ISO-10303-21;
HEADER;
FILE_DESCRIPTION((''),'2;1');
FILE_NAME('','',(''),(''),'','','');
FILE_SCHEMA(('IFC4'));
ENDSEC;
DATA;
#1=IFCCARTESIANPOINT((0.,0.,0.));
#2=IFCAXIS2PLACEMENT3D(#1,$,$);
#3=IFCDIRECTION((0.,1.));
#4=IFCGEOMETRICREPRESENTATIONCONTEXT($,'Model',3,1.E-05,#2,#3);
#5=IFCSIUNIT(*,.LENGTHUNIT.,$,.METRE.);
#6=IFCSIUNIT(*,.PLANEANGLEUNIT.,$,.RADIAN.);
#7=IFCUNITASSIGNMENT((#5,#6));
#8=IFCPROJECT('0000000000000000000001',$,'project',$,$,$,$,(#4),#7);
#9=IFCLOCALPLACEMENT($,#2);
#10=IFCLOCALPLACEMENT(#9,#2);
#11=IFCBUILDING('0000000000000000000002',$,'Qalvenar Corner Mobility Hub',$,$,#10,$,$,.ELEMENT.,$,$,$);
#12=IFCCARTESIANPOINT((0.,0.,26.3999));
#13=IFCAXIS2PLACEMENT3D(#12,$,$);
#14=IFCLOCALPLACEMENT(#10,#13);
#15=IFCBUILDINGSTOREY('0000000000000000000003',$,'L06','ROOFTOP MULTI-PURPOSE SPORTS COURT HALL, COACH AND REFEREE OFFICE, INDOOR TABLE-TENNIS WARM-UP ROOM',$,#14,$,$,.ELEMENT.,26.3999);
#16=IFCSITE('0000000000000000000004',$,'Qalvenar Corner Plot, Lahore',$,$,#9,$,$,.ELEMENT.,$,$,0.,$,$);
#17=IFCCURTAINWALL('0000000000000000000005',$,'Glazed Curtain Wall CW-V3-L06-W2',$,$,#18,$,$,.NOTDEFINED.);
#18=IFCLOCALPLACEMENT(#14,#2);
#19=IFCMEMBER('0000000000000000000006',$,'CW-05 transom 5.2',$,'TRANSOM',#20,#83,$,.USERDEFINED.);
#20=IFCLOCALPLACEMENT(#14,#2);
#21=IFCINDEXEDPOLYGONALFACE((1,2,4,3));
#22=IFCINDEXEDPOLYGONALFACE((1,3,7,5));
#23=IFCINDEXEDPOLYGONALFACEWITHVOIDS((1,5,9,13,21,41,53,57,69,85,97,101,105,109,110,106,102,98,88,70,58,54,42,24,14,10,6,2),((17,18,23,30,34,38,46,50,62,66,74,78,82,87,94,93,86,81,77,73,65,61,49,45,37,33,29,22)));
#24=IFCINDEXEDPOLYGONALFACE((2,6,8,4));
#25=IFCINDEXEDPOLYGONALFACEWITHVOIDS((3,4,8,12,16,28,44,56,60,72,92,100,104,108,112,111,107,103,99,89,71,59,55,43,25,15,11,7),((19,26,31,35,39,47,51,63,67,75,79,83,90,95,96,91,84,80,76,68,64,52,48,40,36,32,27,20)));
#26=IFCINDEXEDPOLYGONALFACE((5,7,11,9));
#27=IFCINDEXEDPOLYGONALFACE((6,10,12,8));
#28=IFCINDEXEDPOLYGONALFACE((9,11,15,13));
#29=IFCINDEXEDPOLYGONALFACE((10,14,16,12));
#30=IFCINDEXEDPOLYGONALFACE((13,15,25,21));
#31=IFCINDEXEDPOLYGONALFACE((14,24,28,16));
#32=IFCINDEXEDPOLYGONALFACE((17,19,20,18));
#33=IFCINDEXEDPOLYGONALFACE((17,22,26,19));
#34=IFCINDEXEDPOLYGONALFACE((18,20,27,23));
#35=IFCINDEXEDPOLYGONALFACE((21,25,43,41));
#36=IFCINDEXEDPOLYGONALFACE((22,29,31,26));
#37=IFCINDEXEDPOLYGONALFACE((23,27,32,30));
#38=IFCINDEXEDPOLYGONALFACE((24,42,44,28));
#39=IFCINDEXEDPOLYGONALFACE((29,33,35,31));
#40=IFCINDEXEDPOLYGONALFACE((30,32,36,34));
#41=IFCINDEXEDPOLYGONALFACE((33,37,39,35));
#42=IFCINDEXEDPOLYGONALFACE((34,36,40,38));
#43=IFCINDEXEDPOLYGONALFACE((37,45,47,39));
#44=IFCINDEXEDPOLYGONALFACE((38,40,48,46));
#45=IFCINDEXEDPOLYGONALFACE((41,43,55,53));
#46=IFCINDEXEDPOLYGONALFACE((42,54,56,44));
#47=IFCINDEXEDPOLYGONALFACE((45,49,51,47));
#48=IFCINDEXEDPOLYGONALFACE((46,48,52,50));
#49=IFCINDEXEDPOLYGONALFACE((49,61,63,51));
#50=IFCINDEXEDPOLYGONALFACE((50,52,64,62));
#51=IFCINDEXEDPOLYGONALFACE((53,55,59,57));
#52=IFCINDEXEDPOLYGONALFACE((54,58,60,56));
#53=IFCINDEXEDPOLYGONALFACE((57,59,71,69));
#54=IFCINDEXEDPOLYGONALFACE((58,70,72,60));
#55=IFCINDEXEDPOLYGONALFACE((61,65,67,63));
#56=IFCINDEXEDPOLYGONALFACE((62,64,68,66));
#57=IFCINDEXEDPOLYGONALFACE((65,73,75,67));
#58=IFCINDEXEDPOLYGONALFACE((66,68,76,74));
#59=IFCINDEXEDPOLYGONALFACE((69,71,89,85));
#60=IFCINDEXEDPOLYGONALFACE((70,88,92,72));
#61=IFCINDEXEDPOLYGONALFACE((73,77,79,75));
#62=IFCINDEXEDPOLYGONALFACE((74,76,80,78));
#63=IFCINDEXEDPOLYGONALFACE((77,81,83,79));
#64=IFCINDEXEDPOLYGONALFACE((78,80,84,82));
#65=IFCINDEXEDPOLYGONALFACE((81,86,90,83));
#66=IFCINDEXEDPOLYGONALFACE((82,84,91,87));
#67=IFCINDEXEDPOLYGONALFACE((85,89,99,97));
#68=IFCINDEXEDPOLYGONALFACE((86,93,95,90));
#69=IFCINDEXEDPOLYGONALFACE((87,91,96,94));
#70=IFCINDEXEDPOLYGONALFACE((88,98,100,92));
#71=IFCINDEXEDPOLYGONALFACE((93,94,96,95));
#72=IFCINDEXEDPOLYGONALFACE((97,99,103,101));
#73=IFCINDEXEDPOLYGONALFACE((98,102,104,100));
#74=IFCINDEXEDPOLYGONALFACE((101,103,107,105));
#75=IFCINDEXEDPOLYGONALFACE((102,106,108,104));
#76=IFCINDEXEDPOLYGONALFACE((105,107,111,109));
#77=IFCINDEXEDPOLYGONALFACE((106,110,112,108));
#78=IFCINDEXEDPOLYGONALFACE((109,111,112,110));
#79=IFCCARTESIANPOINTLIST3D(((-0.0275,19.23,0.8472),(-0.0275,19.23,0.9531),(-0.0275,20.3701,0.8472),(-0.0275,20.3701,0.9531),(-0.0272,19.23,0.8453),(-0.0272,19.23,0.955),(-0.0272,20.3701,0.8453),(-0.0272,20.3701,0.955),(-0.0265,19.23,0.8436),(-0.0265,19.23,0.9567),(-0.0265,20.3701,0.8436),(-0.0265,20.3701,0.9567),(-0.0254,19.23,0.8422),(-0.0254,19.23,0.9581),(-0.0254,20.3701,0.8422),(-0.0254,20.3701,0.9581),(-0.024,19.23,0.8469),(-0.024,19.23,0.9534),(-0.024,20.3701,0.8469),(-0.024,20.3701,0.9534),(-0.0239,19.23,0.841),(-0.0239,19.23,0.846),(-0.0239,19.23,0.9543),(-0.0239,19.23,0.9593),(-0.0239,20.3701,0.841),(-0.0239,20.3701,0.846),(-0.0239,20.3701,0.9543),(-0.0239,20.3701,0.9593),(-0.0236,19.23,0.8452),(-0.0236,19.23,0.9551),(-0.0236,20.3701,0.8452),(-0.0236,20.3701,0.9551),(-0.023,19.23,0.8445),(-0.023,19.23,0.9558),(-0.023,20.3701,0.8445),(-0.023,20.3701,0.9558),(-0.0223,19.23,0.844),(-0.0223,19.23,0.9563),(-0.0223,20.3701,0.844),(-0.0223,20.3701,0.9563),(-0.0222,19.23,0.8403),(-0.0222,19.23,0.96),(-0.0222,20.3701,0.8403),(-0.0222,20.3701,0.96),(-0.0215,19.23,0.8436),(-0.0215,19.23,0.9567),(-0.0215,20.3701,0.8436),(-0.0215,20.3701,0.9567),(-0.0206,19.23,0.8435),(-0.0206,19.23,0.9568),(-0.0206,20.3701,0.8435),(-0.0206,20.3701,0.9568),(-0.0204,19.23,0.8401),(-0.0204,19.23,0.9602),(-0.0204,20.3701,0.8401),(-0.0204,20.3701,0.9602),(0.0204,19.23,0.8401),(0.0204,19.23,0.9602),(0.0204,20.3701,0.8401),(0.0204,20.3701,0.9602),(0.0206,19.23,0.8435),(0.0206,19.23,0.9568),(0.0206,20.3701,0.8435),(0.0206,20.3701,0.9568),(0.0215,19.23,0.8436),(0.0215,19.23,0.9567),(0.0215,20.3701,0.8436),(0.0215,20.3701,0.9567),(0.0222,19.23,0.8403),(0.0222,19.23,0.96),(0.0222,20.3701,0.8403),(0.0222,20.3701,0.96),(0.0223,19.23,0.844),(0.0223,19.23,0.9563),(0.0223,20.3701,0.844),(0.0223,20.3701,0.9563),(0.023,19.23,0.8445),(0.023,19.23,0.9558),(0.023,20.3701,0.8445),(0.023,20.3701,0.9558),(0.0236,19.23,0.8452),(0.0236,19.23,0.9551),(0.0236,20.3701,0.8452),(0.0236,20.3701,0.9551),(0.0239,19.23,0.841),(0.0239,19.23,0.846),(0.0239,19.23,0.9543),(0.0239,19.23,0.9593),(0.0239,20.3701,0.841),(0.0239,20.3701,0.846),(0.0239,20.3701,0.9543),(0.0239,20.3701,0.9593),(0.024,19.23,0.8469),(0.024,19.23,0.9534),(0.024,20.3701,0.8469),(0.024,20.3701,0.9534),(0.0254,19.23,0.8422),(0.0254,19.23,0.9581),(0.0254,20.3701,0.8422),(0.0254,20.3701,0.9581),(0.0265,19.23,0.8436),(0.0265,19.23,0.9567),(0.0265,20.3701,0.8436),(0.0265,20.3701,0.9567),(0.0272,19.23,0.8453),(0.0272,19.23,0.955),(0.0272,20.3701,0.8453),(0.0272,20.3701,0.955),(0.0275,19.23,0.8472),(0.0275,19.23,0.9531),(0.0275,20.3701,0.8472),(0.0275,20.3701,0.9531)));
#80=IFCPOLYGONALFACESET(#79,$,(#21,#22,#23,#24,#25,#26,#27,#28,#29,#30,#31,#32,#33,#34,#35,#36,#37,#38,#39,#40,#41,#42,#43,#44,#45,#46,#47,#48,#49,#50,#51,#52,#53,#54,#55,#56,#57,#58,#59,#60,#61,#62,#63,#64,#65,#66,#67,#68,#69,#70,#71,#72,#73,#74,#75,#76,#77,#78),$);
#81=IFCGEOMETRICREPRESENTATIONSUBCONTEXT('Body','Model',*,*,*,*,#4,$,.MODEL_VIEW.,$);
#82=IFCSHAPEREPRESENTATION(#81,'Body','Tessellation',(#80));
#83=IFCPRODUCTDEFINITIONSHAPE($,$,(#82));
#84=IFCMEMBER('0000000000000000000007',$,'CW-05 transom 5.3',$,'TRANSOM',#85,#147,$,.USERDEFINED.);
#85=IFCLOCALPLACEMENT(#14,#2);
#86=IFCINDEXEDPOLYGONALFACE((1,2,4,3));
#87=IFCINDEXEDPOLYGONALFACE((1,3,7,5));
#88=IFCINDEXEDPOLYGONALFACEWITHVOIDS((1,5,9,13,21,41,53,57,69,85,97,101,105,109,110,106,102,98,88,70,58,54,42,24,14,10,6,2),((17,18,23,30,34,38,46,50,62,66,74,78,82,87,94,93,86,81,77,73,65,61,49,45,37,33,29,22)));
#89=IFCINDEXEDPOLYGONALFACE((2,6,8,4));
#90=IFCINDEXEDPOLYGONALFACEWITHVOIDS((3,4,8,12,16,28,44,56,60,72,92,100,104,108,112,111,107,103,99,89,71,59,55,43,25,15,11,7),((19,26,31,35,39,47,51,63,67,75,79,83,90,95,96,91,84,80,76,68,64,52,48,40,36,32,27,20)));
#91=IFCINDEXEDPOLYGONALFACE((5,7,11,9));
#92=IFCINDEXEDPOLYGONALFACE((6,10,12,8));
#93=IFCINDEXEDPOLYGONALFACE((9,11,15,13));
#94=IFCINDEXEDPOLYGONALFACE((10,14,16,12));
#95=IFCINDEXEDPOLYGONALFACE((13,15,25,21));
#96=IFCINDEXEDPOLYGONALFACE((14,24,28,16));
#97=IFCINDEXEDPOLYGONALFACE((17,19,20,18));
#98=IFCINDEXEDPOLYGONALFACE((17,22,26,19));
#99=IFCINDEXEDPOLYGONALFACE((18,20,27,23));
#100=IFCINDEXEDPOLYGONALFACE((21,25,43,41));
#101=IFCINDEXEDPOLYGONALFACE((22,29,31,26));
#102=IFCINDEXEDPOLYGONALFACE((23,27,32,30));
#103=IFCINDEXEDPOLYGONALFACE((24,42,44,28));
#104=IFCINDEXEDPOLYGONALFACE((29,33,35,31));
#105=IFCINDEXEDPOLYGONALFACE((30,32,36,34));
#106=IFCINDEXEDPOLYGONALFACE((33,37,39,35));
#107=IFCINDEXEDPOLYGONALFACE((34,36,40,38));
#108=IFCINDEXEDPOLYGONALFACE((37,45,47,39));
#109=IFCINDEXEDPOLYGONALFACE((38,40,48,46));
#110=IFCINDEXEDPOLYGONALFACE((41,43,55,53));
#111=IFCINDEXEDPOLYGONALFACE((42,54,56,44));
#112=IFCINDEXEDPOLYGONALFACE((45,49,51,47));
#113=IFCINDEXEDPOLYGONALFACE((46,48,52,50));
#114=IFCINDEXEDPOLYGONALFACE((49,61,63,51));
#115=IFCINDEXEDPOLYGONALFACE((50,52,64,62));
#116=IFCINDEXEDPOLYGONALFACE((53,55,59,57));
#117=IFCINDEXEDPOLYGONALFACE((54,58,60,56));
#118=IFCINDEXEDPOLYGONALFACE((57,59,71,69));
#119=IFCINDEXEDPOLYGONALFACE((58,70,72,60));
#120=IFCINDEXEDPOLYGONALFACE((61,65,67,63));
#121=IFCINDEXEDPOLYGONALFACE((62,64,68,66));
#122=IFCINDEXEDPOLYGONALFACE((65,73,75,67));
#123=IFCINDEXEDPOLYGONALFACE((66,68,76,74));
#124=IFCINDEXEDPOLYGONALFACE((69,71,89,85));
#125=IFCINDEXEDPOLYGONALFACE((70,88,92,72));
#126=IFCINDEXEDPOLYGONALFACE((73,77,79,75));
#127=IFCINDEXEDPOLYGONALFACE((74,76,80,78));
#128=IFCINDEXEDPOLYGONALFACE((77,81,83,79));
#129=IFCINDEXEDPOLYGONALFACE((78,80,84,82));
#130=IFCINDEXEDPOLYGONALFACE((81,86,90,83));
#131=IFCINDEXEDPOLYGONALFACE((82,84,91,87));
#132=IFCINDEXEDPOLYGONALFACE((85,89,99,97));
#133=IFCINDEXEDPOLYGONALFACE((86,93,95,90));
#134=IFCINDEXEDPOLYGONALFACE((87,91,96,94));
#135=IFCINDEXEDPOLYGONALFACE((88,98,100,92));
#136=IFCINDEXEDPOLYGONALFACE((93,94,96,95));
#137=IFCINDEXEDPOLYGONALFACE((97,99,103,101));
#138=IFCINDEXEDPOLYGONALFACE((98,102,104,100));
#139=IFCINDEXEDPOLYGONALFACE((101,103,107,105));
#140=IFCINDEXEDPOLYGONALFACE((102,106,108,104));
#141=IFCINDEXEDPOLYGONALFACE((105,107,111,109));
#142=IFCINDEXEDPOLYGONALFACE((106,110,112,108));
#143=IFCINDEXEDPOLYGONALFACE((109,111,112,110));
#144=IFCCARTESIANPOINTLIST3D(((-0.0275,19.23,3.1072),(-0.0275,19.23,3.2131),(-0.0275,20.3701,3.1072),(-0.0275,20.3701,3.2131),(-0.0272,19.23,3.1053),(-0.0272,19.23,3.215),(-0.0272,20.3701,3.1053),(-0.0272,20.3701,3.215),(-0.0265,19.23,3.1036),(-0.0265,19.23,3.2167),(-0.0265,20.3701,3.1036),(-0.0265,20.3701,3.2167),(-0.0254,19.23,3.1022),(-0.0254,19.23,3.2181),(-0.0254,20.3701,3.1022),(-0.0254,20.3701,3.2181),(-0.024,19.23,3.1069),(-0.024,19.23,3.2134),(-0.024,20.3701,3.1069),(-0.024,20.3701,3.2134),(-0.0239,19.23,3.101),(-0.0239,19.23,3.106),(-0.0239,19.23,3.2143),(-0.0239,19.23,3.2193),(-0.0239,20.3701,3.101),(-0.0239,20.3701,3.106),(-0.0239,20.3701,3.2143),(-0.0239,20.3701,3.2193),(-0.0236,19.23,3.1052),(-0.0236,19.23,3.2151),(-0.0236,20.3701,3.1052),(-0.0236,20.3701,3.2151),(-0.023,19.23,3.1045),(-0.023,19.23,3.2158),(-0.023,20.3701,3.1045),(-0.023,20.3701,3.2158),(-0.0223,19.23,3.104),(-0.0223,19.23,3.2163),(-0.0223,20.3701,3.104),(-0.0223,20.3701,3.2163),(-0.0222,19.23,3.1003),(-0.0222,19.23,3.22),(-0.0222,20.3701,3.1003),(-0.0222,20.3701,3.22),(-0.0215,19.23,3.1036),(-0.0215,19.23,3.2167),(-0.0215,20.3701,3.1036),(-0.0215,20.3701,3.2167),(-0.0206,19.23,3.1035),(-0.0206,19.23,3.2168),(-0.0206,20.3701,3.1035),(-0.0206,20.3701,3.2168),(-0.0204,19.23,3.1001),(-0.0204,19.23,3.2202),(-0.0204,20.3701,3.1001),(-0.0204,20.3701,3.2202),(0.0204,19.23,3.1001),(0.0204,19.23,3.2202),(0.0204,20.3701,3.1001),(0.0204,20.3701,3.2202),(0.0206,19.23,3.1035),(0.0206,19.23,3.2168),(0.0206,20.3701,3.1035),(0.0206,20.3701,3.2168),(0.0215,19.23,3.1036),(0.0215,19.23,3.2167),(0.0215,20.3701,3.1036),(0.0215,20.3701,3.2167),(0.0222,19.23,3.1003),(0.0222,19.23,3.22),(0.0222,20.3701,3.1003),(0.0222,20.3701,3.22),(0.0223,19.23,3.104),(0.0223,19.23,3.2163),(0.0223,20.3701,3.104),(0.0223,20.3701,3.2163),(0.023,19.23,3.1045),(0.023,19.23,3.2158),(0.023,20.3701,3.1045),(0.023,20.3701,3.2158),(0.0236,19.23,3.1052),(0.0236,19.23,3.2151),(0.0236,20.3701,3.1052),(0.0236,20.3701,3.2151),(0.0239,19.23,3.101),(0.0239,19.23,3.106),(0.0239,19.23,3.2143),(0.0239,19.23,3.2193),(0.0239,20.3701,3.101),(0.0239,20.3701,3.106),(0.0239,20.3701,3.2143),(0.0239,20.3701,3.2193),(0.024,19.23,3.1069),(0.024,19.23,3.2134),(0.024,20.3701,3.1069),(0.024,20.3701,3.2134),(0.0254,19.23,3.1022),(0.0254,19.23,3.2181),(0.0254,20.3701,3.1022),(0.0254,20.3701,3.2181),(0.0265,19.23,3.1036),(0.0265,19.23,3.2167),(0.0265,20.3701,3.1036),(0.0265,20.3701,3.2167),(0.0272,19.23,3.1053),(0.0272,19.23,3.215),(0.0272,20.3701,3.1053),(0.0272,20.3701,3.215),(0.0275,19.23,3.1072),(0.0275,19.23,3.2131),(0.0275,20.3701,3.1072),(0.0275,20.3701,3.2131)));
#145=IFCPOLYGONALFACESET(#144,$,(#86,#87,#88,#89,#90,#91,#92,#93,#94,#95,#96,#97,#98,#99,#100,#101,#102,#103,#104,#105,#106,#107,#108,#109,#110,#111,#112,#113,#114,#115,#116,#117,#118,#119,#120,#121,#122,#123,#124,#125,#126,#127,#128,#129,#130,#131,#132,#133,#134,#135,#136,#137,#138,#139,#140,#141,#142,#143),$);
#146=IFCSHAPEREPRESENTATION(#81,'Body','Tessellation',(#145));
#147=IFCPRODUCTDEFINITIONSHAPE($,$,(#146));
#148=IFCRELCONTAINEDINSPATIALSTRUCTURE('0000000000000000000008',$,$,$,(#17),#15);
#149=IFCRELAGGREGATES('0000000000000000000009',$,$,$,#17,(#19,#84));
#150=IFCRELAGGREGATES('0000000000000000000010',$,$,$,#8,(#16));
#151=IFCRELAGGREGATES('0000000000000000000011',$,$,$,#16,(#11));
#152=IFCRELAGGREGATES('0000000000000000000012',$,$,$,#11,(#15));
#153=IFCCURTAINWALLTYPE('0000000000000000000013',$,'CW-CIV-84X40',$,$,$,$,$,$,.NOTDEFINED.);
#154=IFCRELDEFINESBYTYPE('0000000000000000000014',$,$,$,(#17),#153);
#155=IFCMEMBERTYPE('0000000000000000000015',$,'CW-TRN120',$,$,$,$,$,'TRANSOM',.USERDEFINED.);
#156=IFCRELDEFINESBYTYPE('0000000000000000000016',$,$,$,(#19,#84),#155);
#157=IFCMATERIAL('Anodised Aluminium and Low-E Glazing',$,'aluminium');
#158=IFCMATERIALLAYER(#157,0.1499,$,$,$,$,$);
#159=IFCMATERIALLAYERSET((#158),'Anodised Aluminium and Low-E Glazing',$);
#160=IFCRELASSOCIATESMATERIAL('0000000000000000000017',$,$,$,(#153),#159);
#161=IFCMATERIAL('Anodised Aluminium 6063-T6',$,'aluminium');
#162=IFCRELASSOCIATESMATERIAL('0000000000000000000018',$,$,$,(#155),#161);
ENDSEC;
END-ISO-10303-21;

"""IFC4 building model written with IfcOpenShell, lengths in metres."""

from ifc_helpers import new_model, si_unit, direction, frame, origin, origin_2d, place, context, subcontext, project, spatial, hollow_rectangle, extrude, material, layer, layer_set, material_profile, profile_set, type_object, element, aggregate, save


model = new_model("IFC4")

# Units and contexts
model_context = context("Model", 3, precision=1e-05, world=origin(), true_north=direction((0.0, 1.0)))
body_context = subcontext(model_context, "Body", "Model", "MODEL_VIEW")
ifc_project = project(units=[si_unit("LENGTHUNIT", "METRE"), si_unit("PLANEANGLEUNIT", "RADIAN")], contexts=[model_context])

# Site, building, storey
site_placement = place(None, origin())
site = spatial("IfcSite", under=ifc_project, at=site_placement, Name="Qalvenar Corner Plot, Lahore", CompositionType="ELEMENT", RefElevation=0.0)
building_placement = place(site_placement, origin())
building = spatial("IfcBuilding", under=site, at=building_placement, Name="Qalvenar Corner Mobility Hub", CompositionType="ELEMENT")
storey_placement = place(building_placement, frame((0.0, 0.0, 26.3999)))
storey = spatial("IfcBuildingStorey", under=building, at=storey_placement, Name="L06", Description="ROOFTOP MULTI-PURPOSE SPORTS COURT HALL, COACH AND REFEREE OFFICE, INDOOR TABLE-TENNIS WARM-UP ROOM", CompositionType="ELEMENT", Elevation=26.3999)

# Curtain wall, members
ifc_material_1 = material(Name="Anodised Aluminium and Low-E Glazing", Category="aluminium")
ifc_layer_1 = layer(ifc_material_1, 0.1499)
ifc_layer_set_1 = layer_set([ifc_layer_1], Name="Anodised Aluminium and Low-E Glazing")
curtain_wall_type = type_object("IfcCurtainWallType", Name="CW-CIV-84X40", PredefinedType="NOTDEFINED", material=ifc_layer_set_1)
curtain_wall_placement = place(storey_placement, origin())
curtain_wall = element("IfcCurtainWall", 1, at=curtain_wall_placement, inside=storey, type_object=curtain_wall_type, Name="Glazed Curtain Wall CW-V3-L06-W2", PredefinedType="NOTDEFINED")
ifc_material_2 = material(Name="Anodised Aluminium 6063-T6", Category="aluminium")
ifc_material_profile_1 = material_profile(ifc_material_2, hollow_rectangle(XDim=0.0549, YDim=0.1201, WallThickness=0.0034, InnerFilletRadius=0.0034, OuterFilletRadius=0.0071, at=origin_2d()), Name="RHS120x55x3.5")
ifc_profile_set_1 = profile_set([ifc_material_profile_1], Name="Anodised Aluminium 6063-T6")
member_type_1 = type_object("IfcMemberType", Name="CW-TRN120", ElementType="TRANSOM", PredefinedType="USERDEFINED", material=ifc_profile_set_1)
member_1_placement = place(storey_placement, frame((0.0, 20.3701, 0.9001), z_axis=(0.0, -1.0, 0.0), x_axis=(1.0, 0.0, 0.0)))
member_1 = element("IfcMember", 2, at=member_1_placement, type_object=member_type_1, Name="CW-05 transom 5.2", ObjectType="TRANSOM", PredefinedType="USERDEFINED", context=body_context, shape_type="SweptSolid", body=[
    extrude(hollow_rectangle(XDim=0.0549, YDim=0.1201, WallThickness=0.0034, InnerFilletRadius=0.0034, OuterFilletRadius=0.0071, at=origin_2d()), origin(), (0.0, 0.0, 1.0), 1.1401),
])
member_2_placement = place(storey_placement, frame((0.0, 20.3701, 3.1602), z_axis=(0.0, -1.0, 0.0), x_axis=(1.0, 0.0, 0.0)))
member_2 = element("IfcMember", 3, at=member_2_placement, type_object=member_type_1, Name="CW-05 transom 5.3", ObjectType="TRANSOM", PredefinedType="USERDEFINED", context=body_context, shape_type="SweptSolid", body=[
    extrude(hollow_rectangle(XDim=0.0549, YDim=0.1201, WallThickness=0.0034, InnerFilletRadius=0.0034, OuterFilletRadius=0.0071, at=origin_2d()), origin(), (0.0, 0.0, 1.0), 1.1401),
])

aggregate(curtain_wall, [member_1, member_2])

save(model, "model.ifc")
